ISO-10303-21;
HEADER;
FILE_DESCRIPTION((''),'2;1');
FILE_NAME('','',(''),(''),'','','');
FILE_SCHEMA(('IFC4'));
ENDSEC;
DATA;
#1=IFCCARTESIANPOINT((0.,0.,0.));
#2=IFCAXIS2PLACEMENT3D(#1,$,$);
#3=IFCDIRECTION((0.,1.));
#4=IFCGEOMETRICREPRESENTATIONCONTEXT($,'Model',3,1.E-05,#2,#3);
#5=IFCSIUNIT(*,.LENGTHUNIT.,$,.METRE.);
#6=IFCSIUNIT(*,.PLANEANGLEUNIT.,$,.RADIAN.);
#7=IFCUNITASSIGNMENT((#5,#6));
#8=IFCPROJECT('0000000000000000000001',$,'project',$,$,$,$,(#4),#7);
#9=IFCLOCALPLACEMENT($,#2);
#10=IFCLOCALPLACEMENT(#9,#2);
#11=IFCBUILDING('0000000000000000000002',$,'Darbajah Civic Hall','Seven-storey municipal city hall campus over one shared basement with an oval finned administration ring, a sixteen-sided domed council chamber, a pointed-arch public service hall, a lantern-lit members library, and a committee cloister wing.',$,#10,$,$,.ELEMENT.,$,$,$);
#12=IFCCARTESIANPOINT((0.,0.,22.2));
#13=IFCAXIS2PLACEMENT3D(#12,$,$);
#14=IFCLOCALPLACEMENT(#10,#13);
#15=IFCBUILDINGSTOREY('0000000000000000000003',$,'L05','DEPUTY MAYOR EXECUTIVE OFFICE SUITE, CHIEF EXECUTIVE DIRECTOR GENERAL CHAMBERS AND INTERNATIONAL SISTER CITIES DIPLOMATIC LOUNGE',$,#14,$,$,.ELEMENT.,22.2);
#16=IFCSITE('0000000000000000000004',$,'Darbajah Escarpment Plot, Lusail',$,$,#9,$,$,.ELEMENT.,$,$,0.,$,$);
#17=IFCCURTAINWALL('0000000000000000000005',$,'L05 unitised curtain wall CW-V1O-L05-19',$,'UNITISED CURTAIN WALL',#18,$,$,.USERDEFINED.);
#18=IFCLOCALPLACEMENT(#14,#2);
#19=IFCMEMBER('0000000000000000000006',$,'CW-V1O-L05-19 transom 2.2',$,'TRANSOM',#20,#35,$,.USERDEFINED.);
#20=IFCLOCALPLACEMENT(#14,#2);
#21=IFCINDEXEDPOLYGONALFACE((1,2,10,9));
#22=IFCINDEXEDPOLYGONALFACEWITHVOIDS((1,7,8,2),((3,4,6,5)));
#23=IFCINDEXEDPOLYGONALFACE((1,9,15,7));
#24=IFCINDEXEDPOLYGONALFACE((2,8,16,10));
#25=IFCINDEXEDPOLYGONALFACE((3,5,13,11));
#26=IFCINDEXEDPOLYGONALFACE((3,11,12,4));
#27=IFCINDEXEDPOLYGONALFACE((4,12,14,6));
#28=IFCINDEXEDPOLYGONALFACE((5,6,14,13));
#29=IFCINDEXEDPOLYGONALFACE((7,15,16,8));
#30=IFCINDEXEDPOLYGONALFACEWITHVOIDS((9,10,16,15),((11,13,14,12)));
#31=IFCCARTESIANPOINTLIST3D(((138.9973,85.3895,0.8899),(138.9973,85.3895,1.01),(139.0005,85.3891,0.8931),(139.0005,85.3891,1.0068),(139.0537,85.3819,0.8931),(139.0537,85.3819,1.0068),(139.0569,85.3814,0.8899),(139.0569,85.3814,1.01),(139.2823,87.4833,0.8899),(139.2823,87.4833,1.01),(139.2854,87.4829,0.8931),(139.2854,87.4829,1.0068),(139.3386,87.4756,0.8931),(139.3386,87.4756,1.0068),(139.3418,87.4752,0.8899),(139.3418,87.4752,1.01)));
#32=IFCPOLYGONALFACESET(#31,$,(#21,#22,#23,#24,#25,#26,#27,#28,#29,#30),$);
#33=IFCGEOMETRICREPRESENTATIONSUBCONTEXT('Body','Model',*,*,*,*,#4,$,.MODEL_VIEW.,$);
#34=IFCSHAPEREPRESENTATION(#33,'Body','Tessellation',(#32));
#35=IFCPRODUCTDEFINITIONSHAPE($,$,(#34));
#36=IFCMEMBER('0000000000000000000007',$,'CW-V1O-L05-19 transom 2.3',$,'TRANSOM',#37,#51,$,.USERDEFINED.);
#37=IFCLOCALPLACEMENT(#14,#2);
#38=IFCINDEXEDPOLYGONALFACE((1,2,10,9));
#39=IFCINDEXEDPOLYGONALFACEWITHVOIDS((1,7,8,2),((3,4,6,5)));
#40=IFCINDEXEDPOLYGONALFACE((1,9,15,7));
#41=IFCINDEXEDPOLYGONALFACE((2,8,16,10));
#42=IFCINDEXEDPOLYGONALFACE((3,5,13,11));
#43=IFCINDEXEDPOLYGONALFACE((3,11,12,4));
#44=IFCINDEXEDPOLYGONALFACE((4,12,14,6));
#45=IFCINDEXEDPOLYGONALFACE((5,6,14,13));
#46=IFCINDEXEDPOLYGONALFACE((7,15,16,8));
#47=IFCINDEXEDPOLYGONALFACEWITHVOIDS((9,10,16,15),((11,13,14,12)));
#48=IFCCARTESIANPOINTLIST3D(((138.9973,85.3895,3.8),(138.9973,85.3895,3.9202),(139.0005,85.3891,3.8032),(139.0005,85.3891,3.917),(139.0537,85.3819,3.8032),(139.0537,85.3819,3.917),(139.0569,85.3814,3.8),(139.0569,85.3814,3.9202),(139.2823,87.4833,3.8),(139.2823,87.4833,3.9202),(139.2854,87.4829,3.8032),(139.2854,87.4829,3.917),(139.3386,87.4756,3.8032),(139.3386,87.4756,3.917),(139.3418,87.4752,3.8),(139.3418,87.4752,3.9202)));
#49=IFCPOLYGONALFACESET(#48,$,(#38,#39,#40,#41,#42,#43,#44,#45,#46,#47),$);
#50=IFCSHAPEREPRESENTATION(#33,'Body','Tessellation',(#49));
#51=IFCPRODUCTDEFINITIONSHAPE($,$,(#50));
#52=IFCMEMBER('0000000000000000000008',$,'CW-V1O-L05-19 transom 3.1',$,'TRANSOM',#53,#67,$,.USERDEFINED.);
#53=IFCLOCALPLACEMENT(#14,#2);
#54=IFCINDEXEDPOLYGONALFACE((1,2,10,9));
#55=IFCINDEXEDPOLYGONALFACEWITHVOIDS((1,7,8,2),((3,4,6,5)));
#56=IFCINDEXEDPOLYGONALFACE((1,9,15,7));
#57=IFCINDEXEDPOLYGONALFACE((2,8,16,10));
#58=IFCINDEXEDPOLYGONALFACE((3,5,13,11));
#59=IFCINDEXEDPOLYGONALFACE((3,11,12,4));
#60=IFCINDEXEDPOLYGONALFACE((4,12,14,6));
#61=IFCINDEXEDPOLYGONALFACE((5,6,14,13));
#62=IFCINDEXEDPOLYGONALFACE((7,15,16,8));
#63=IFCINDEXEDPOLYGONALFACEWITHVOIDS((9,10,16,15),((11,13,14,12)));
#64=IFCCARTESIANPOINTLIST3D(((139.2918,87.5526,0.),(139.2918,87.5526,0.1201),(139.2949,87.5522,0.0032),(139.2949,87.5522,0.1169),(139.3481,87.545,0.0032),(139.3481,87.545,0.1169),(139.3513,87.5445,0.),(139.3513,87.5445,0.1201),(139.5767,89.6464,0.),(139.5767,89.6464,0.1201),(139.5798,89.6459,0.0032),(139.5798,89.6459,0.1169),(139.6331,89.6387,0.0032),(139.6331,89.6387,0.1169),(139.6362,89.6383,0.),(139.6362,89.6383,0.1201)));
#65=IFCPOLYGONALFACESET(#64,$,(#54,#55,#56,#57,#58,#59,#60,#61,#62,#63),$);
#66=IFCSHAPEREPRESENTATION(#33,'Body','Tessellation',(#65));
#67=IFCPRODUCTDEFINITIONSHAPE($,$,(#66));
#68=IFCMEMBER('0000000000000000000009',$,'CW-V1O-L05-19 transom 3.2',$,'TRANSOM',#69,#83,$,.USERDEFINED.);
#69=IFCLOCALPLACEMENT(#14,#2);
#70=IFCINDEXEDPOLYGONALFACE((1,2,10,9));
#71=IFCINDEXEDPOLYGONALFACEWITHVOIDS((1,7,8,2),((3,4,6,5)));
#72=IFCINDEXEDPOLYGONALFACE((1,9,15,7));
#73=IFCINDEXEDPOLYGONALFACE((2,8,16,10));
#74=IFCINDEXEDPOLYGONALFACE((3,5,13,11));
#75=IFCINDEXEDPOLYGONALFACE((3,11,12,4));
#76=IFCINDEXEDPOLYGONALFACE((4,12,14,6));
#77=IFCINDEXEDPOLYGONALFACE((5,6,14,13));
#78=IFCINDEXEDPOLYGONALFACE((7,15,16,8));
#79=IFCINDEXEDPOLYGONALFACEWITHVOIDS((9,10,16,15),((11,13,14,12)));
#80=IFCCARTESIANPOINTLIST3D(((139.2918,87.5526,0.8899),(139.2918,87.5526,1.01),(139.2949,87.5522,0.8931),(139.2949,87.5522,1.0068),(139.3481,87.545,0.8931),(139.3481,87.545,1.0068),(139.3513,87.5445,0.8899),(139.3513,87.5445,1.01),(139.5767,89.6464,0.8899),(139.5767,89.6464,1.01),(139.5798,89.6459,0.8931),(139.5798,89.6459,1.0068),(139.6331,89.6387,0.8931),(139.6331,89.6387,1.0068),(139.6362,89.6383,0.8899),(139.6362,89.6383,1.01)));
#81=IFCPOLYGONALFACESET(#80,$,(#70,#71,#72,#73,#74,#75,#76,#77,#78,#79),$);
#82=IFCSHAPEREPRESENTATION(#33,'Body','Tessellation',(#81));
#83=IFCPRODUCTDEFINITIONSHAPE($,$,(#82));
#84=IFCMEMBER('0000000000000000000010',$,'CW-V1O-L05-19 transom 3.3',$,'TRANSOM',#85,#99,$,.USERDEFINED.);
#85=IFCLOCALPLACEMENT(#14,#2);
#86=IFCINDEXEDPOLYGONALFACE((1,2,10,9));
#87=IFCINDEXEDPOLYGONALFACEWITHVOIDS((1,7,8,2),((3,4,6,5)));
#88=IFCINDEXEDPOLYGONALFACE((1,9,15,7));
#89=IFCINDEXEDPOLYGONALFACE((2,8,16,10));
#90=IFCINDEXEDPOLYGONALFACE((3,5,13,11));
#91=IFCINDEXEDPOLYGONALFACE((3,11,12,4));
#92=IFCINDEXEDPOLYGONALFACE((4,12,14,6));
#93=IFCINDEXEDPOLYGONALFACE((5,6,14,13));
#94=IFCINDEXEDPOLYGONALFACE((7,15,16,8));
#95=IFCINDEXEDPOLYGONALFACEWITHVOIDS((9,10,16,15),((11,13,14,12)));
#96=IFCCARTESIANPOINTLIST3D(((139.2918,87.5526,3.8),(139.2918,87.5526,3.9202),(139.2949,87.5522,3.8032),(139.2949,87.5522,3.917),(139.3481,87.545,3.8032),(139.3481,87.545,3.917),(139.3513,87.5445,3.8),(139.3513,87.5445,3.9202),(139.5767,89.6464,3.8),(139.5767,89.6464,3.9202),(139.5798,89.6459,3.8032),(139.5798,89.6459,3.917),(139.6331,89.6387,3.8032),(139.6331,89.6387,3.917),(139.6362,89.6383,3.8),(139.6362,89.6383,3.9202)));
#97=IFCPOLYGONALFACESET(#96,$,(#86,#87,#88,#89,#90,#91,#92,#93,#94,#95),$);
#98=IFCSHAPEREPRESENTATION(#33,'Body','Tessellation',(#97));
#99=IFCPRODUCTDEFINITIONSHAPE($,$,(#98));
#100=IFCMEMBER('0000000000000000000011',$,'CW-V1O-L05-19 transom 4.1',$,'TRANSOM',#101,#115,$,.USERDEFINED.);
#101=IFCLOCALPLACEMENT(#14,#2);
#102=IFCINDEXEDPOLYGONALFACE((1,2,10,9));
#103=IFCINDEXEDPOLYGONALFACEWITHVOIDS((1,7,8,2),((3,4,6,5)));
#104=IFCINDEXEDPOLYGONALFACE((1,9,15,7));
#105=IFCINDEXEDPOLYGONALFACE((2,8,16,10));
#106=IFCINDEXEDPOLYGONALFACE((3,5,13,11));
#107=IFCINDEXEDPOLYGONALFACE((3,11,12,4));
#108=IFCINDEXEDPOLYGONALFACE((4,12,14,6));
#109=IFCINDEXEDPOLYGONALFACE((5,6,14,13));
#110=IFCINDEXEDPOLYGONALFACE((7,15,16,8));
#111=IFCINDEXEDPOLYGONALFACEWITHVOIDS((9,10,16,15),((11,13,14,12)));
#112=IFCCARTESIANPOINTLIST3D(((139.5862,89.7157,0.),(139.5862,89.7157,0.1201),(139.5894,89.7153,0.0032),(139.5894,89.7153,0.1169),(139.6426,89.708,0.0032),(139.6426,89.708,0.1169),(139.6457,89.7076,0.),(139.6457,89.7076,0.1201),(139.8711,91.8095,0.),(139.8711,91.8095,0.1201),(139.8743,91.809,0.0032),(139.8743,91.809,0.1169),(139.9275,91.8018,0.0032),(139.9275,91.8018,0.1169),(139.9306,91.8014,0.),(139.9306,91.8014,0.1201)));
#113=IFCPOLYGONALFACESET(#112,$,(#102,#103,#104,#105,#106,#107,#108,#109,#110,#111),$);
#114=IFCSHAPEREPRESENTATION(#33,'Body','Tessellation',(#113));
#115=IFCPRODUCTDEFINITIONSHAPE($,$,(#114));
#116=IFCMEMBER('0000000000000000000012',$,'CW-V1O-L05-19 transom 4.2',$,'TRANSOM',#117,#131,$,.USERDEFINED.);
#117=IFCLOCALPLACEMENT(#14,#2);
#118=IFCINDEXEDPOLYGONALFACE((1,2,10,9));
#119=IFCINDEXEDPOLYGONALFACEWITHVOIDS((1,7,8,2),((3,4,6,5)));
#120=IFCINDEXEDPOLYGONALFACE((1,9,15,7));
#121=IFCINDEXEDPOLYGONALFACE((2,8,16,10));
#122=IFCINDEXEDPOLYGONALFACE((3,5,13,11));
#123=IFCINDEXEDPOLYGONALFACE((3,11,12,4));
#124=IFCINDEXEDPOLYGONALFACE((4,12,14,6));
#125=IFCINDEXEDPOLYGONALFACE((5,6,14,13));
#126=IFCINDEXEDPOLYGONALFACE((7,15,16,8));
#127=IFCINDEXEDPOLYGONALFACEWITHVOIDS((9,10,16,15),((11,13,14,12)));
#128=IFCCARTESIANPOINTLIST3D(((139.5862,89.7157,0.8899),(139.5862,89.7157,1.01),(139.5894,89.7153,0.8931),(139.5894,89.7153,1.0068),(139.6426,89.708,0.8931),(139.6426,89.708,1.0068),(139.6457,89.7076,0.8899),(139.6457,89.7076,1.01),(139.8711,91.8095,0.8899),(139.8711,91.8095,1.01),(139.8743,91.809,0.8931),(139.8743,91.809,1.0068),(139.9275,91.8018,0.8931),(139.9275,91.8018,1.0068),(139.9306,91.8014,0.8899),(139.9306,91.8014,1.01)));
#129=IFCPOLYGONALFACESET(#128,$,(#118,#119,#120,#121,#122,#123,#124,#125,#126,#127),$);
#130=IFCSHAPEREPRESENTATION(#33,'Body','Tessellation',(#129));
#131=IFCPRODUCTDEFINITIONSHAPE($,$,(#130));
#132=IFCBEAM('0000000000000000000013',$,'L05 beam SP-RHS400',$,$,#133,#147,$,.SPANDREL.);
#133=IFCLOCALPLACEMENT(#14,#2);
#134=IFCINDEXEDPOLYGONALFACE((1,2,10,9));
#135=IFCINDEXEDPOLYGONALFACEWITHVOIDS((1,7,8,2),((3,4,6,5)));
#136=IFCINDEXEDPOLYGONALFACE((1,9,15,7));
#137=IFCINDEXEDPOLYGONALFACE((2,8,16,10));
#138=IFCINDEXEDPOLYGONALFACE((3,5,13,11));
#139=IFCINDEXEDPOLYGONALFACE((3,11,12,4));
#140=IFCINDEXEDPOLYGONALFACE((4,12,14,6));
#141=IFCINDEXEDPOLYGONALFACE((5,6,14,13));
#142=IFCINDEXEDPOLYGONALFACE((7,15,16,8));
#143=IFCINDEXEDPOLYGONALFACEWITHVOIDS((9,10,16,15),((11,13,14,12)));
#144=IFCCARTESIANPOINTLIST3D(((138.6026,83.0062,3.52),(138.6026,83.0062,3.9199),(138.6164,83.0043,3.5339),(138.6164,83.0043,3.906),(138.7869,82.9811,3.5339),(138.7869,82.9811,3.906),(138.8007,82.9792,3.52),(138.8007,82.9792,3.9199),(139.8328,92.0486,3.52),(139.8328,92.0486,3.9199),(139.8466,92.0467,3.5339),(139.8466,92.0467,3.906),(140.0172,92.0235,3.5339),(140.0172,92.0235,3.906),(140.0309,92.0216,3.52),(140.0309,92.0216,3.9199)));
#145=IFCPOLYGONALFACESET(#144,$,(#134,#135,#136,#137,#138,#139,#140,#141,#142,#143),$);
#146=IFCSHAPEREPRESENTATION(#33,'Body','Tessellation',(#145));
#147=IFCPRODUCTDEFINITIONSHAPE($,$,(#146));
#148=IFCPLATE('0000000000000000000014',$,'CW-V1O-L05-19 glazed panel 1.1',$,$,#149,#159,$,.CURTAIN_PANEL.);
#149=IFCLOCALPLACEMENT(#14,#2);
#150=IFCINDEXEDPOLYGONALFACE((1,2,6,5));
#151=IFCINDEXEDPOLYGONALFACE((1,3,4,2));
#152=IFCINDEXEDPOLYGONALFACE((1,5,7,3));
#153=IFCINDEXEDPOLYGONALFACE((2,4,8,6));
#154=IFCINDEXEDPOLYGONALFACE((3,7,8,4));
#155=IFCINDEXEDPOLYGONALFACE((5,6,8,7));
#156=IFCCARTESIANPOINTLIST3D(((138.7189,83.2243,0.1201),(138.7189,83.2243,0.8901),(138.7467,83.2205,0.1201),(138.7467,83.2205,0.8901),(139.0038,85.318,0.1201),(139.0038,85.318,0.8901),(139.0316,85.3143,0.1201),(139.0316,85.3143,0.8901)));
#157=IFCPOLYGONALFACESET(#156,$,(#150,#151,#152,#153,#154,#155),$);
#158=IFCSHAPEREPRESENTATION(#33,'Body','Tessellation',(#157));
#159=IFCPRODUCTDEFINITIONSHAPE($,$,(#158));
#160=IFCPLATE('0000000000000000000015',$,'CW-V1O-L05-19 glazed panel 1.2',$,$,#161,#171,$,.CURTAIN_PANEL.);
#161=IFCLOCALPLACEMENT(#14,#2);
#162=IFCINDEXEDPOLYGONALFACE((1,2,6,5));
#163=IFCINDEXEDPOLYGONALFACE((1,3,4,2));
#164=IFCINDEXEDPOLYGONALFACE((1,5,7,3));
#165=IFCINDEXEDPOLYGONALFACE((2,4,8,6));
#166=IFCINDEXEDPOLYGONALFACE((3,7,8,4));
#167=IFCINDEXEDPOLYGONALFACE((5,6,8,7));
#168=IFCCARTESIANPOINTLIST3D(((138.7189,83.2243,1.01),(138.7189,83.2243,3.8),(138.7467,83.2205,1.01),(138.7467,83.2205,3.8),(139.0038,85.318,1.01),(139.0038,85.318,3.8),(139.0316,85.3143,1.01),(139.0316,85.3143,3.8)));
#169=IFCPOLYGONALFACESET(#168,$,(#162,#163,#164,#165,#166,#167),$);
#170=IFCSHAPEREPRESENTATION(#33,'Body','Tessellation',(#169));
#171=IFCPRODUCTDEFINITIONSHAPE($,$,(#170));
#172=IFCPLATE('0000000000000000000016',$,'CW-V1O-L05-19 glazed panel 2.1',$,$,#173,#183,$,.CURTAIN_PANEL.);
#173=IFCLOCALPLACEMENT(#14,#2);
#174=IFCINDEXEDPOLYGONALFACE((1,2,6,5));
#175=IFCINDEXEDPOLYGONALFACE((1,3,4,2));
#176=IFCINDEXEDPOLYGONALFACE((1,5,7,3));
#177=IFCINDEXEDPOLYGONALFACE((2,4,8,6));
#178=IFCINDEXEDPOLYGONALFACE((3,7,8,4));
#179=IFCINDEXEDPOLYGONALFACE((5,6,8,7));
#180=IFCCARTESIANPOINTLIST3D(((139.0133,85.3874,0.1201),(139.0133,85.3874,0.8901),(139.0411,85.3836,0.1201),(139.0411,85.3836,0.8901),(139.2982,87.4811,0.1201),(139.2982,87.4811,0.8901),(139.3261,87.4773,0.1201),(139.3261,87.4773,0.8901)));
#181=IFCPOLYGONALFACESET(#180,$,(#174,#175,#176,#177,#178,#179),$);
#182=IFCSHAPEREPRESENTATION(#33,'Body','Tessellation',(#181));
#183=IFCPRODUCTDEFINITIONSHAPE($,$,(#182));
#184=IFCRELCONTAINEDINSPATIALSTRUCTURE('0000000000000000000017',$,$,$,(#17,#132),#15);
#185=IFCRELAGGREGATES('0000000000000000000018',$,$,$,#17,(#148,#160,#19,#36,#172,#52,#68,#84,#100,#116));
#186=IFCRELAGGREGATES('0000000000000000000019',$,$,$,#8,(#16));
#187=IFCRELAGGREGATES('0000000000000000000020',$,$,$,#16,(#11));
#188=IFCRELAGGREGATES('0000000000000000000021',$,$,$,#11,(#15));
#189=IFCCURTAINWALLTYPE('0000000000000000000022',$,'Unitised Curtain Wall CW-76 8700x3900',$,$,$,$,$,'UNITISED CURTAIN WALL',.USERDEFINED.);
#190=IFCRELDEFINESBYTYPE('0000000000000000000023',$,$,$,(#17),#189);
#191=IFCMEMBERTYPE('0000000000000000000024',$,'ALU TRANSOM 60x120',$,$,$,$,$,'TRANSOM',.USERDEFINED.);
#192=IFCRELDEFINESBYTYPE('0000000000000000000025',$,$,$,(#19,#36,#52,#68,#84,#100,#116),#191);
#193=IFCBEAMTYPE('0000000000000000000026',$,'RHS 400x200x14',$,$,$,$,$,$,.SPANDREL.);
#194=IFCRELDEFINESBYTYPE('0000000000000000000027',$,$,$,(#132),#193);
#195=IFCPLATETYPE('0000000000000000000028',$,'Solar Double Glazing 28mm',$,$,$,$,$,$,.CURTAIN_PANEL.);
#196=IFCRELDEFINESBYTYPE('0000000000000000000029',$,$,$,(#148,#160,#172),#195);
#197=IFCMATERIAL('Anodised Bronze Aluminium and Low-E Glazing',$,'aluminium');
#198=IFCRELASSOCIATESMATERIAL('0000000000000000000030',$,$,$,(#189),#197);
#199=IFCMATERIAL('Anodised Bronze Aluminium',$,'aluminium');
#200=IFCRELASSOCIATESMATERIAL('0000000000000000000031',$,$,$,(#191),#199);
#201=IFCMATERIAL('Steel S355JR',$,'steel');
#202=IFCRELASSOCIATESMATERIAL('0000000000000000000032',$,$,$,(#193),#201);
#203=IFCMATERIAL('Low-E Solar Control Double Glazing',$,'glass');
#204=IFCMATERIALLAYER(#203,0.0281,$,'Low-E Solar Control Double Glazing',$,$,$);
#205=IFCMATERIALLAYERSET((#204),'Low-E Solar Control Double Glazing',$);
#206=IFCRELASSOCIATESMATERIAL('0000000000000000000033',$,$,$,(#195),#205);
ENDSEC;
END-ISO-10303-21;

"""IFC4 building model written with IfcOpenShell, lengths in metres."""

from ifc_helpers import new_model, si_unit, direction, frame, origin, origin_2d, place, context, subcontext, project, spatial, rectangle, hollow_rectangle, extrude, material, layer, layer_set, material_profile, profile_set, type_object, element, aggregate, save


model = new_model("IFC4")

# Units and contexts
model_context = context("Model", 3, precision=1e-05, world=origin(), true_north=direction((0.0, 1.0)))
body_context = subcontext(model_context, "Body", "Model", "MODEL_VIEW")
ifc_project = project(units=[si_unit("LENGTHUNIT", "METRE"), si_unit("PLANEANGLEUNIT", "RADIAN")], contexts=[model_context])

# Site, building, storey
site_placement = place(None, origin())
site = spatial("IfcSite", under=ifc_project, at=site_placement, Name="Darbajah Escarpment Plot, Lusail", CompositionType="ELEMENT", RefElevation=0.0)
building_placement = place(site_placement, origin())
building = spatial("IfcBuilding", under=site, at=building_placement, Name="Darbajah Civic Hall", Description="Seven-storey municipal city hall campus over one shared basement with an oval finned administration ring, a sixteen-sided domed council chamber, a pointed-arch public service hall, a lantern-lit members library, and a committee cloister wing.", CompositionType="ELEMENT")
storey_placement = place(building_placement, frame((0.0, 0.0, 22.2)))
storey = spatial("IfcBuildingStorey", under=building, at=storey_placement, Name="L05", Description="DEPUTY MAYOR EXECUTIVE OFFICE SUITE, CHIEF EXECUTIVE DIRECTOR GENERAL CHAMBERS AND INTERNATIONAL SISTER CITIES DIPLOMATIC LOUNGE", CompositionType="ELEMENT", Elevation=22.2)

# Curtain wall
ifc_material_1 = material(Name="Anodised Bronze Aluminium and Low-E Glazing", Category="aluminium")
curtain_wall_type_1 = type_object("IfcCurtainWallType", Name="Unitised Curtain Wall CW-76 8700x3900", ElementType="UNITISED CURTAIN WALL", PredefinedType="USERDEFINED", material=ifc_material_1)
curtain_wall_1_placement = place(storey_placement, origin())
curtain_wall_1 = element("IfcCurtainWall", 1, at=curtain_wall_1_placement, inside=storey, type_object=curtain_wall_type_1, Name="L05 unitised curtain wall CW-V1O-L05-19", ObjectType="UNITISED CURTAIN WALL", PredefinedType="USERDEFINED")
ifc_material_2 = material(Name="Anodised Bronze Aluminium", Category="aluminium")

# Members
ifc_material_profile_1 = material_profile(ifc_material_2, hollow_rectangle(XDim=0.0601, YDim=0.1201, WallThickness=0.0032, at=origin_2d()), Name="ALU TRANSOM 60x120")
ifc_profile_set_1 = profile_set([ifc_material_profile_1], Name="Anodised Bronze Aluminium")
member_type_1 = type_object("IfcMemberType", Name="ALU TRANSOM 60x120", ElementType="TRANSOM", PredefinedType="USERDEFINED", material=ifc_profile_set_1)
member_1_placement = place(storey_placement, frame((139.0271, 85.3855, 0.95), z_axis=(0.134835, 0.990868, 0.0), x_axis=(-0.990868, 0.134835, 0.0)))
member_1 = element("IfcMember", 2, at=member_1_placement, type_object=member_type_1, Name="CW-V1O-L05-19 transom 2.2", ObjectType="TRANSOM", PredefinedType="USERDEFINED", context=body_context, shape_type="SweptSolid", body=[
    extrude(hollow_rectangle(XDim=0.0601, YDim=0.1201, WallThickness=0.0032, at=origin_2d()), origin(), (0.0, 0.0, 1.0), 2.113),
])
member_2_placement = place(storey_placement, frame((139.0271, 85.3855, 3.8601), z_axis=(0.134835, 0.990868, 0.0), x_axis=(-0.990868, 0.134835, 0.0)))
member_2 = element("IfcMember", 3, at=member_2_placement, type_object=member_type_1, Name="CW-V1O-L05-19 transom 2.3", ObjectType="TRANSOM", PredefinedType="USERDEFINED", context=body_context, shape_type="SweptSolid", body=[
    extrude(hollow_rectangle(XDim=0.0601, YDim=0.1201, WallThickness=0.0032, at=origin_2d()), origin(), (0.0, 0.0, 1.0), 2.113),
])
member_3_placement = place(storey_placement, frame((139.3215, 87.5486, 0.0601), z_axis=(0.134835, 0.990868, 0.0), x_axis=(-0.990868, 0.134835, 0.0)))
member_3 = element("IfcMember", 4, at=member_3_placement, type_object=member_type_1, Name="CW-V1O-L05-19 transom 3.1", ObjectType="TRANSOM", PredefinedType="USERDEFINED", context=body_context, shape_type="SweptSolid", body=[
    extrude(hollow_rectangle(XDim=0.0601, YDim=0.1201, WallThickness=0.0032, at=origin_2d()), origin(), (0.0, 0.0, 1.0), 2.113),
])
member_4_placement = place(storey_placement, frame((139.3215, 87.5486, 0.95), z_axis=(0.134835, 0.990868, 0.0), x_axis=(-0.990868, 0.134835, 0.0)))
member_4 = element("IfcMember", 5, at=member_4_placement, type_object=member_type_1, Name="CW-V1O-L05-19 transom 3.2", ObjectType="TRANSOM", PredefinedType="USERDEFINED", context=body_context, shape_type="SweptSolid", body=[
    extrude(hollow_rectangle(XDim=0.0601, YDim=0.1201, WallThickness=0.0032, at=origin_2d()), origin(), (0.0, 0.0, 1.0), 2.113),
])
member_5_placement = place(storey_placement, frame((139.3215, 87.5486, 3.8601), z_axis=(0.134835, 0.990868, 0.0), x_axis=(-0.990868, 0.134835, 0.0)))
member_5 = element("IfcMember", 6, at=member_5_placement, type_object=member_type_1, Name="CW-V1O-L05-19 transom 3.3", ObjectType="TRANSOM", PredefinedType="USERDEFINED", context=body_context, shape_type="SweptSolid", body=[
    extrude(hollow_rectangle(XDim=0.0601, YDim=0.1201, WallThickness=0.0032, at=origin_2d()), origin(), (0.0, 0.0, 1.0), 2.113),
])
member_6_placement = place(storey_placement, frame((139.616, 89.7117, 0.0601), z_axis=(0.134835, 0.990868, 0.0), x_axis=(-0.990868, 0.134835, 0.0)))
member_6 = element("IfcMember", 7, at=member_6_placement, type_object=member_type_1, Name="CW-V1O-L05-19 transom 4.1", ObjectType="TRANSOM", PredefinedType="USERDEFINED", context=body_context, shape_type="SweptSolid", body=[
    extrude(hollow_rectangle(XDim=0.0601, YDim=0.1201, WallThickness=0.0032, at=origin_2d()), origin(), (0.0, 0.0, 1.0), 2.113),
])
member_7_placement = place(storey_placement, frame((139.616, 89.7117, 0.95), z_axis=(0.134835, 0.990868, 0.0), x_axis=(-0.990868, 0.134835, 0.0)))
member_7 = element("IfcMember", 8, at=member_7_placement, type_object=member_type_1, Name="CW-V1O-L05-19 transom 4.2", ObjectType="TRANSOM", PredefinedType="USERDEFINED", context=body_context, shape_type="SweptSolid", body=[
    extrude(hollow_rectangle(XDim=0.0601, YDim=0.1201, WallThickness=0.0032, at=origin_2d()), origin(), (0.0, 0.0, 1.0), 2.113),
])

# Beam
ifc_material_3 = material(Name="Steel S355JR", Category="steel")
ifc_material_profile_2 = material_profile(ifc_material_3, hollow_rectangle(XDim=0.2, YDim=0.3999, WallThickness=0.0139, at=origin_2d()), Name="RHS 400x200x14")
ifc_profile_set_2 = profile_set([ifc_material_profile_2], Name="Steel S355JR")
beam_type = type_object("IfcBeamType", Name="RHS 400x200x14", PredefinedType="SPANDREL", material=ifc_profile_set_2)
beam_placement = place(storey_placement, frame((138.7017, 82.9927, 3.72), z_axis=(0.134808, 0.990872, 0.0), x_axis=(-0.990872, 0.134808, 0.0)))
element("IfcBeam", 9, at=beam_placement, inside=storey, type_object=beam_type, Name="L05 beam SP-RHS400", PredefinedType="SPANDREL", context=body_context, shape_type="SweptSolid", body=[
    extrude(hollow_rectangle(XDim=0.2, YDim=0.3999, WallThickness=0.0139, at=origin_2d()), origin(), (0.0, 0.0, 1.0), 9.1257),
])

# Plates
ifc_material_4 = material(Name="Low-E Solar Control Double Glazing", Category="glass")
ifc_layer = layer(ifc_material_4, 0.0281, Name="Low-E Solar Control Double Glazing")
ifc_layer_set = layer_set([ifc_layer], Name="Low-E Solar Control Double Glazing")
plate_type = type_object("IfcPlateType", Name="Solar Double Glazing 28mm", PredefinedType="CURTAIN_PANEL", material=ifc_layer_set)
plate_1_placement = place(storey_placement, frame((138.8752, 84.2693, 0.1201), z_axis=(0.0, 0.0, 1.0), x_axis=(0.134851, 0.990866, 0.0)))
plate_1 = element("IfcPlate", 10, at=plate_1_placement, type_object=plate_type, Name="CW-V1O-L05-19 glazed panel 1.1", PredefinedType="CURTAIN_PANEL", context=body_context, shape_type="SweptSolid", body=[
    extrude(rectangle(XDim=2.113, YDim=0.0281, at=origin_2d()), origin(), (0.0, 0.0, 1.0), 0.77),
])
plate_2_placement = place(storey_placement, frame((138.8752, 84.2693, 1.01), z_axis=(0.0, 0.0, 1.0), x_axis=(0.134851, 0.990866, 0.0)))
plate_2 = element("IfcPlate", 11, at=plate_2_placement, type_object=plate_type, Name="CW-V1O-L05-19 glazed panel 1.2", PredefinedType="CURTAIN_PANEL", context=body_context, shape_type="SweptSolid", body=[
    extrude(rectangle(XDim=2.113, YDim=0.0281, at=origin_2d()), origin(), (0.0, 0.0, 1.0), 2.79),
])
plate_3_placement = place(storey_placement, frame((139.1697, 86.4324, 0.1201), z_axis=(0.0, 0.0, 1.0), x_axis=(0.134851, 0.990866, 0.0)))
plate_3 = element("IfcPlate", 12, at=plate_3_placement, type_object=plate_type, Name="CW-V1O-L05-19 glazed panel 2.1", PredefinedType="CURTAIN_PANEL", context=body_context, shape_type="SweptSolid", body=[
    extrude(rectangle(XDim=2.113, YDim=0.0281, at=origin_2d()), origin(), (0.0, 0.0, 1.0), 0.77),
])
aggregate(curtain_wall_1, [plate_1, plate_2, member_1, member_2, plate_3, member_3, member_4, member_5, member_6, member_7])

save(model, "model.ifc")
